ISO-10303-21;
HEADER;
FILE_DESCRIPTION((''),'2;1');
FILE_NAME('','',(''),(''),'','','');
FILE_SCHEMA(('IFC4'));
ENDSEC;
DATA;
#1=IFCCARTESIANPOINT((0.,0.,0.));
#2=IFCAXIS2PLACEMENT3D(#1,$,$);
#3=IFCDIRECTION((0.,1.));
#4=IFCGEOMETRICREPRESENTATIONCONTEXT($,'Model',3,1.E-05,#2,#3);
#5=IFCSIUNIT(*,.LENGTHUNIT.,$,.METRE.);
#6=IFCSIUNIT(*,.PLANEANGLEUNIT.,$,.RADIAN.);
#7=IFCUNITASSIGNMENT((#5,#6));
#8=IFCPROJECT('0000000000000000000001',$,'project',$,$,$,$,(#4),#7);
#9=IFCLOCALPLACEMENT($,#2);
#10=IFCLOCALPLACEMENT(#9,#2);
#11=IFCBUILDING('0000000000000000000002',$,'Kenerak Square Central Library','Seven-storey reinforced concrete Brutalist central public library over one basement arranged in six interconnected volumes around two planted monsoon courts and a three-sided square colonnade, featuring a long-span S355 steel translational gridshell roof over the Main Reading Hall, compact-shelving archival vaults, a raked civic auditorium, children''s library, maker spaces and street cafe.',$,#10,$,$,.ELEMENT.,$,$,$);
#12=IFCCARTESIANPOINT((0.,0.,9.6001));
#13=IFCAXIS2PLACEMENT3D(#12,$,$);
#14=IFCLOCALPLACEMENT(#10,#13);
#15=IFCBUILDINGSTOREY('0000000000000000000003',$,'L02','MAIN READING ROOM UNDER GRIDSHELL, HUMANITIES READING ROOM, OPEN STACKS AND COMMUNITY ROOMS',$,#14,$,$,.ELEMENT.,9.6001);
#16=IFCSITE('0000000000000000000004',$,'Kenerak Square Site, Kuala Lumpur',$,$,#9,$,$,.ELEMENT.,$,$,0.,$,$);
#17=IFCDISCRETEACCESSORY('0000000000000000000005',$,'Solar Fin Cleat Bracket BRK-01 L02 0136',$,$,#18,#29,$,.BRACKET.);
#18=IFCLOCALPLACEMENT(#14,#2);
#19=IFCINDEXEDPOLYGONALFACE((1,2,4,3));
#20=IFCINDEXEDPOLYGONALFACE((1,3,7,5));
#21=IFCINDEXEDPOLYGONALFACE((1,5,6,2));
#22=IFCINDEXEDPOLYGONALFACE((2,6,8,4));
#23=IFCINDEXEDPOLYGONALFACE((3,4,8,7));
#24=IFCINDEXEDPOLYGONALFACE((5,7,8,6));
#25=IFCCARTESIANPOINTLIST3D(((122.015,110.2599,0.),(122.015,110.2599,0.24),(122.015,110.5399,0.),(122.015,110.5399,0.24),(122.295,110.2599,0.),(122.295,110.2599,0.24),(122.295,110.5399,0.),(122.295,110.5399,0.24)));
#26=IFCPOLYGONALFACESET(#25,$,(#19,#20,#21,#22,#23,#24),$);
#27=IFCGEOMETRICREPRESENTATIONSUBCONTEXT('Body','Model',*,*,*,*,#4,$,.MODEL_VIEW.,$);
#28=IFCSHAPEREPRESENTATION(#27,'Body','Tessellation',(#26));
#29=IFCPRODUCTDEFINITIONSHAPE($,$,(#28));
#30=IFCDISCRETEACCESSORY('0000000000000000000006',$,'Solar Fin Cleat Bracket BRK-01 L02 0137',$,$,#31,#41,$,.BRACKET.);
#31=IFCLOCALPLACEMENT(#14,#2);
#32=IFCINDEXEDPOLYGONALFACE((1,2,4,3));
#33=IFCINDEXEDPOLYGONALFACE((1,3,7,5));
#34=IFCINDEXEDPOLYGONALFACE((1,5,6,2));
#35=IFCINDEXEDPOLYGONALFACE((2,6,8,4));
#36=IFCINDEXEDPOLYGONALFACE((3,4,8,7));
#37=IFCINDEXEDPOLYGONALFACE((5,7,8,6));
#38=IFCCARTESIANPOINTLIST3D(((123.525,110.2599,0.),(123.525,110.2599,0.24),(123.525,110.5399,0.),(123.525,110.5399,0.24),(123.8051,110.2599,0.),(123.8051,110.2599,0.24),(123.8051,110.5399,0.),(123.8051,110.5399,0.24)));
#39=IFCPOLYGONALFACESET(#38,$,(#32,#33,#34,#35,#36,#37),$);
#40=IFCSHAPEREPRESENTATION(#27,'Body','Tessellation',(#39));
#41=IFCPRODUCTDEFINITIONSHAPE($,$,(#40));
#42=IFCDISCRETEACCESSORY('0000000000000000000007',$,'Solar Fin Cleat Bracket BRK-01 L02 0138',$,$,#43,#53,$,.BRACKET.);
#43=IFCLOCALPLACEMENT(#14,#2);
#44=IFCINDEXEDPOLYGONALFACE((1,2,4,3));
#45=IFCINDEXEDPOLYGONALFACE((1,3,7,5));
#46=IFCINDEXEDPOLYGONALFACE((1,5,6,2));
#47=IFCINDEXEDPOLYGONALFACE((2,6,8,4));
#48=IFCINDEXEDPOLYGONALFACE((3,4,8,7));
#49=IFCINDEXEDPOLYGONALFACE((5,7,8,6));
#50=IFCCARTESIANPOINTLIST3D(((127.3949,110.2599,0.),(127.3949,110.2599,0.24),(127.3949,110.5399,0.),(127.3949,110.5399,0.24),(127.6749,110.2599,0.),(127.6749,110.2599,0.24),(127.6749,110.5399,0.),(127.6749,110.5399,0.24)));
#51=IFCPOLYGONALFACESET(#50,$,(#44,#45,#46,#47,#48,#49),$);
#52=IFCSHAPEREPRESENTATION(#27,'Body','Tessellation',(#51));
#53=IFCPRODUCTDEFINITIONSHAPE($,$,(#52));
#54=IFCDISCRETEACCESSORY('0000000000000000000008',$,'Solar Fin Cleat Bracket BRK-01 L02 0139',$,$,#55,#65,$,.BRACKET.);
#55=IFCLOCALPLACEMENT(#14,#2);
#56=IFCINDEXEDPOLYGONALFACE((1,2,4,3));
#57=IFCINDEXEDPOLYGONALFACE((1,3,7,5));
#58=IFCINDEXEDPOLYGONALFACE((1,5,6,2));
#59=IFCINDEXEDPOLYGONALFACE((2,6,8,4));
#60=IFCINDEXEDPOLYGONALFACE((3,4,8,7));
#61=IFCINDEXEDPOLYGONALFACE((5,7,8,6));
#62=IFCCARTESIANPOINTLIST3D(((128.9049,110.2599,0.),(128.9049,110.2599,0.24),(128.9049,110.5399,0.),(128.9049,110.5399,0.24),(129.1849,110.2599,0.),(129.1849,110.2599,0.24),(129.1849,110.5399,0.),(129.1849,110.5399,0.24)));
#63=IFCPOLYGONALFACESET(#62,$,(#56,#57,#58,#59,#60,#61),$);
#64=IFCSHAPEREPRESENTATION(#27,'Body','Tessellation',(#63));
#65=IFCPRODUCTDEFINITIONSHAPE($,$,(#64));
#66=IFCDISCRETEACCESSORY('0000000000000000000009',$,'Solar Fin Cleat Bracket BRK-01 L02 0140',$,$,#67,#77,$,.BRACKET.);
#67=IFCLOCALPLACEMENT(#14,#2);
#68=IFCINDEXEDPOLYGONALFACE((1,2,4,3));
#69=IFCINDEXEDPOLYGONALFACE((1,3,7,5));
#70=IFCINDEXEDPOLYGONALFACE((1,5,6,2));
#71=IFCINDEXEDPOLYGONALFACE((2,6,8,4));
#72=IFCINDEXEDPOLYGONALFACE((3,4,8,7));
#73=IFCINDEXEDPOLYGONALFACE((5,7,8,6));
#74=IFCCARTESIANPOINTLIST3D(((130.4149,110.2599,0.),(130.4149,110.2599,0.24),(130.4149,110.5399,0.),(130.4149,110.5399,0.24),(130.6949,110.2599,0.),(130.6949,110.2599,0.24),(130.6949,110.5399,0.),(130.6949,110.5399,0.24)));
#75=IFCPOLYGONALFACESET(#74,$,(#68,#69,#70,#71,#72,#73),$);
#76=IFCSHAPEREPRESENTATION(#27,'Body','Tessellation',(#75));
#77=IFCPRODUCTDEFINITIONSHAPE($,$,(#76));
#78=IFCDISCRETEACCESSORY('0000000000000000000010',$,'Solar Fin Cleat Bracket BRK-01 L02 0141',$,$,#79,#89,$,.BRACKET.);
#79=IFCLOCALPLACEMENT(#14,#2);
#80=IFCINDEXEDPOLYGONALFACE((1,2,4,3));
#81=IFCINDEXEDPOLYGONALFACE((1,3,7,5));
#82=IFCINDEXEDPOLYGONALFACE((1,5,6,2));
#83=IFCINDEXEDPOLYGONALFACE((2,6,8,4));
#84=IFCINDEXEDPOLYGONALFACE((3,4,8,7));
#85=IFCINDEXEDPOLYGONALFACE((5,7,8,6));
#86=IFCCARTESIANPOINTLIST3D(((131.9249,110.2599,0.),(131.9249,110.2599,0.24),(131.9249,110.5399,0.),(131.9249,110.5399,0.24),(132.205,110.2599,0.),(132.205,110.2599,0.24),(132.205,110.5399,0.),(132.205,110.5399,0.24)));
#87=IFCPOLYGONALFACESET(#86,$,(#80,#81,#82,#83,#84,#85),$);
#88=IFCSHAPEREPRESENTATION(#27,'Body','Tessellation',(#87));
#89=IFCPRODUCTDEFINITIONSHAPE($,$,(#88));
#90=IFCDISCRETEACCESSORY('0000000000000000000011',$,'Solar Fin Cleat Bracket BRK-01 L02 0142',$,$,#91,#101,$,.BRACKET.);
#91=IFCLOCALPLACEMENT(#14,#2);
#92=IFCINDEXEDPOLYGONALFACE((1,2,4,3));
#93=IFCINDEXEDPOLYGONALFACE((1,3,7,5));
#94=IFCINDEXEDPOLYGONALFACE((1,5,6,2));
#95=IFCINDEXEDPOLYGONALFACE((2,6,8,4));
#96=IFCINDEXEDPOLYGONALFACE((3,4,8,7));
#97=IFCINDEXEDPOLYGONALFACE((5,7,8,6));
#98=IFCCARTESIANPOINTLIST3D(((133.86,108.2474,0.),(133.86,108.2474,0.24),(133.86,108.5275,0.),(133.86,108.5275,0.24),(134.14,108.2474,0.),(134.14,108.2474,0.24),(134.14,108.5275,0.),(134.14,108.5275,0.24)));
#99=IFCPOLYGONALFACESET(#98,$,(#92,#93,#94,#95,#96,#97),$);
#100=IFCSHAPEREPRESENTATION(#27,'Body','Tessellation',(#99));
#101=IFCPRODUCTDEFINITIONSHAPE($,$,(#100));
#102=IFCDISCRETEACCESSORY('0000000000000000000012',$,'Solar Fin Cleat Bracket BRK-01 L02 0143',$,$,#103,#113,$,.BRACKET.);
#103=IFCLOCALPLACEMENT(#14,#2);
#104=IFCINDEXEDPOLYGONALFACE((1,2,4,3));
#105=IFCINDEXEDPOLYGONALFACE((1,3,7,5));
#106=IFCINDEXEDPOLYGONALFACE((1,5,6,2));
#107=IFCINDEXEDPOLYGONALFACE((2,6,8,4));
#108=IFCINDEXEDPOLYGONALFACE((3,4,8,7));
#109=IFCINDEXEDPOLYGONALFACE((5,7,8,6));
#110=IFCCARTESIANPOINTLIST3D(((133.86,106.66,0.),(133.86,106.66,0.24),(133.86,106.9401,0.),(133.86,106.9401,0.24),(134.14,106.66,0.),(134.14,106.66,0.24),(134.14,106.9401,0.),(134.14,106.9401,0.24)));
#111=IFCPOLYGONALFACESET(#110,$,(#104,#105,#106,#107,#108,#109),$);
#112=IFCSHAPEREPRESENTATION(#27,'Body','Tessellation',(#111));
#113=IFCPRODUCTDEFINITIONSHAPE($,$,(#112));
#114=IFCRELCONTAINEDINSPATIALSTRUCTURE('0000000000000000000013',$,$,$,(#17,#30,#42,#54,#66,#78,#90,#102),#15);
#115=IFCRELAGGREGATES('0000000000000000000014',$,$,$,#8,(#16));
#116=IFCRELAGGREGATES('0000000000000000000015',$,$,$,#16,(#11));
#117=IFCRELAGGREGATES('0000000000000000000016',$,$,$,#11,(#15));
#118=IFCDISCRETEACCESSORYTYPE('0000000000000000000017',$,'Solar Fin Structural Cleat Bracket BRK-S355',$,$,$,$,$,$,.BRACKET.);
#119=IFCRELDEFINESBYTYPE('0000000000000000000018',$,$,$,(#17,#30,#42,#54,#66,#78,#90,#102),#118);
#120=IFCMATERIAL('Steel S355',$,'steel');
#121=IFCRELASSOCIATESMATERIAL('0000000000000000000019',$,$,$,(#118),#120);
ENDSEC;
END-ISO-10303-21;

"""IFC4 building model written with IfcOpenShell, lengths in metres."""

from ifc_helpers import new_model, si_unit, direction, frame, origin, origin_2d, place, context, subcontext, project, spatial, rectangle, extrude, material, type_object, element, save


model = new_model("IFC4")

# Units and contexts
model_context = context("Model", 3, precision=1e-05, world=origin(), true_north=direction((0.0, 1.0)))
body_context = subcontext(model_context, "Body", "Model", "MODEL_VIEW")
ifc_project = project(units=[si_unit("LENGTHUNIT", "METRE"), si_unit("PLANEANGLEUNIT", "RADIAN")], contexts=[model_context])

# Site, building, storey
site_placement = place(None, origin())
site = spatial("IfcSite", under=ifc_project, at=site_placement, Name="Kenerak Square Site, Kuala Lumpur", CompositionType="ELEMENT", RefElevation=0.0)
building_placement = place(site_placement, origin())
building = spatial("IfcBuilding", under=site, at=building_placement, Name="Kenerak Square Central Library", Description="Seven-storey reinforced concrete Brutalist central public library over one basement arranged in six interconnected volumes around two planted monsoon courts and a three-sided square colonnade, featuring a long-span S355 steel translational gridshell roof over the Main Reading Hall, compact-shelving archival vaults, a raked civic auditorium, children's library, maker spaces and street cafe.", CompositionType="ELEMENT")
storey_placement = place(building_placement, frame((0.0, 0.0, 9.6001)))
storey = spatial("IfcBuildingStorey", under=building, at=storey_placement, Name="L02", Description="MAIN READING ROOM UNDER GRIDSHELL, HUMANITIES READING ROOM, OPEN STACKS AND COMMUNITY ROOMS", CompositionType="ELEMENT", Elevation=9.6001)

# Discrete accessories
ifc_material_1 = material(Name="Steel S355", Category="steel")
discrete_accessory_type = type_object("IfcDiscreteAccessoryType", Name="Solar Fin Structural Cleat Bracket BRK-S355", PredefinedType="BRACKET", material=ifc_material_1)
for number, where, z_axis, x_axis, name in (
    (1, (122.155, 110.3999, 0.0), (0.0, 0.0, 1.0), (1.0, 0.0, 0.0), "Solar Fin Cleat Bracket BRK-01 L02 0136"),
    (2, (123.665, 110.3999, 0.0), (0.0, 0.0, 1.0), (1.0, 0.0, 0.0), "Solar Fin Cleat Bracket BRK-01 L02 0137"),
    (3, (127.5349, 110.3999, 0.0), (0.0, 0.0, 1.0), (1.0, 0.0, 0.0), "Solar Fin Cleat Bracket BRK-01 L02 0138"),
    (4, (129.0449, 110.3999, 0.0), (0.0, 0.0, 1.0), (1.0, 0.0, 0.0), "Solar Fin Cleat Bracket BRK-01 L02 0139"),
    (5, (130.5549, 110.3999, 0.0), (0.0, 0.0, 1.0), (1.0, 0.0, 0.0), "Solar Fin Cleat Bracket BRK-01 L02 0140"),
    (6, (132.0649, 110.3999, 0.0), (0.0, 0.0, 1.0), (1.0, 0.0, 0.0), "Solar Fin Cleat Bracket BRK-01 L02 0141"),
    (7, (134.0, 108.3875, 0.0), (0.0, 0.0, 1.0), (0.0, -1.0, 0.0), "Solar Fin Cleat Bracket BRK-01 L02 0142"),
    (8, (134.0, 106.8, 0.0), (0.0, 0.0, 1.0), (0.0, -1.0, 0.0), "Solar Fin Cleat Bracket BRK-01 L02 0143"),
):
    element("IfcDiscreteAccessory", number, at=place(storey_placement, frame(where, z_axis=z_axis, x_axis=x_axis)), inside=storey, type_object=discrete_accessory_type, Name=name, PredefinedType="BRACKET", context=body_context, shape_type="SweptSolid", body=[
        extrude(rectangle(XDim=0.28, YDim=0.28, at=origin_2d()), origin(), (0.0, 0.0, 1.0), 0.24),
    ])

save(model, "model.ifc")
